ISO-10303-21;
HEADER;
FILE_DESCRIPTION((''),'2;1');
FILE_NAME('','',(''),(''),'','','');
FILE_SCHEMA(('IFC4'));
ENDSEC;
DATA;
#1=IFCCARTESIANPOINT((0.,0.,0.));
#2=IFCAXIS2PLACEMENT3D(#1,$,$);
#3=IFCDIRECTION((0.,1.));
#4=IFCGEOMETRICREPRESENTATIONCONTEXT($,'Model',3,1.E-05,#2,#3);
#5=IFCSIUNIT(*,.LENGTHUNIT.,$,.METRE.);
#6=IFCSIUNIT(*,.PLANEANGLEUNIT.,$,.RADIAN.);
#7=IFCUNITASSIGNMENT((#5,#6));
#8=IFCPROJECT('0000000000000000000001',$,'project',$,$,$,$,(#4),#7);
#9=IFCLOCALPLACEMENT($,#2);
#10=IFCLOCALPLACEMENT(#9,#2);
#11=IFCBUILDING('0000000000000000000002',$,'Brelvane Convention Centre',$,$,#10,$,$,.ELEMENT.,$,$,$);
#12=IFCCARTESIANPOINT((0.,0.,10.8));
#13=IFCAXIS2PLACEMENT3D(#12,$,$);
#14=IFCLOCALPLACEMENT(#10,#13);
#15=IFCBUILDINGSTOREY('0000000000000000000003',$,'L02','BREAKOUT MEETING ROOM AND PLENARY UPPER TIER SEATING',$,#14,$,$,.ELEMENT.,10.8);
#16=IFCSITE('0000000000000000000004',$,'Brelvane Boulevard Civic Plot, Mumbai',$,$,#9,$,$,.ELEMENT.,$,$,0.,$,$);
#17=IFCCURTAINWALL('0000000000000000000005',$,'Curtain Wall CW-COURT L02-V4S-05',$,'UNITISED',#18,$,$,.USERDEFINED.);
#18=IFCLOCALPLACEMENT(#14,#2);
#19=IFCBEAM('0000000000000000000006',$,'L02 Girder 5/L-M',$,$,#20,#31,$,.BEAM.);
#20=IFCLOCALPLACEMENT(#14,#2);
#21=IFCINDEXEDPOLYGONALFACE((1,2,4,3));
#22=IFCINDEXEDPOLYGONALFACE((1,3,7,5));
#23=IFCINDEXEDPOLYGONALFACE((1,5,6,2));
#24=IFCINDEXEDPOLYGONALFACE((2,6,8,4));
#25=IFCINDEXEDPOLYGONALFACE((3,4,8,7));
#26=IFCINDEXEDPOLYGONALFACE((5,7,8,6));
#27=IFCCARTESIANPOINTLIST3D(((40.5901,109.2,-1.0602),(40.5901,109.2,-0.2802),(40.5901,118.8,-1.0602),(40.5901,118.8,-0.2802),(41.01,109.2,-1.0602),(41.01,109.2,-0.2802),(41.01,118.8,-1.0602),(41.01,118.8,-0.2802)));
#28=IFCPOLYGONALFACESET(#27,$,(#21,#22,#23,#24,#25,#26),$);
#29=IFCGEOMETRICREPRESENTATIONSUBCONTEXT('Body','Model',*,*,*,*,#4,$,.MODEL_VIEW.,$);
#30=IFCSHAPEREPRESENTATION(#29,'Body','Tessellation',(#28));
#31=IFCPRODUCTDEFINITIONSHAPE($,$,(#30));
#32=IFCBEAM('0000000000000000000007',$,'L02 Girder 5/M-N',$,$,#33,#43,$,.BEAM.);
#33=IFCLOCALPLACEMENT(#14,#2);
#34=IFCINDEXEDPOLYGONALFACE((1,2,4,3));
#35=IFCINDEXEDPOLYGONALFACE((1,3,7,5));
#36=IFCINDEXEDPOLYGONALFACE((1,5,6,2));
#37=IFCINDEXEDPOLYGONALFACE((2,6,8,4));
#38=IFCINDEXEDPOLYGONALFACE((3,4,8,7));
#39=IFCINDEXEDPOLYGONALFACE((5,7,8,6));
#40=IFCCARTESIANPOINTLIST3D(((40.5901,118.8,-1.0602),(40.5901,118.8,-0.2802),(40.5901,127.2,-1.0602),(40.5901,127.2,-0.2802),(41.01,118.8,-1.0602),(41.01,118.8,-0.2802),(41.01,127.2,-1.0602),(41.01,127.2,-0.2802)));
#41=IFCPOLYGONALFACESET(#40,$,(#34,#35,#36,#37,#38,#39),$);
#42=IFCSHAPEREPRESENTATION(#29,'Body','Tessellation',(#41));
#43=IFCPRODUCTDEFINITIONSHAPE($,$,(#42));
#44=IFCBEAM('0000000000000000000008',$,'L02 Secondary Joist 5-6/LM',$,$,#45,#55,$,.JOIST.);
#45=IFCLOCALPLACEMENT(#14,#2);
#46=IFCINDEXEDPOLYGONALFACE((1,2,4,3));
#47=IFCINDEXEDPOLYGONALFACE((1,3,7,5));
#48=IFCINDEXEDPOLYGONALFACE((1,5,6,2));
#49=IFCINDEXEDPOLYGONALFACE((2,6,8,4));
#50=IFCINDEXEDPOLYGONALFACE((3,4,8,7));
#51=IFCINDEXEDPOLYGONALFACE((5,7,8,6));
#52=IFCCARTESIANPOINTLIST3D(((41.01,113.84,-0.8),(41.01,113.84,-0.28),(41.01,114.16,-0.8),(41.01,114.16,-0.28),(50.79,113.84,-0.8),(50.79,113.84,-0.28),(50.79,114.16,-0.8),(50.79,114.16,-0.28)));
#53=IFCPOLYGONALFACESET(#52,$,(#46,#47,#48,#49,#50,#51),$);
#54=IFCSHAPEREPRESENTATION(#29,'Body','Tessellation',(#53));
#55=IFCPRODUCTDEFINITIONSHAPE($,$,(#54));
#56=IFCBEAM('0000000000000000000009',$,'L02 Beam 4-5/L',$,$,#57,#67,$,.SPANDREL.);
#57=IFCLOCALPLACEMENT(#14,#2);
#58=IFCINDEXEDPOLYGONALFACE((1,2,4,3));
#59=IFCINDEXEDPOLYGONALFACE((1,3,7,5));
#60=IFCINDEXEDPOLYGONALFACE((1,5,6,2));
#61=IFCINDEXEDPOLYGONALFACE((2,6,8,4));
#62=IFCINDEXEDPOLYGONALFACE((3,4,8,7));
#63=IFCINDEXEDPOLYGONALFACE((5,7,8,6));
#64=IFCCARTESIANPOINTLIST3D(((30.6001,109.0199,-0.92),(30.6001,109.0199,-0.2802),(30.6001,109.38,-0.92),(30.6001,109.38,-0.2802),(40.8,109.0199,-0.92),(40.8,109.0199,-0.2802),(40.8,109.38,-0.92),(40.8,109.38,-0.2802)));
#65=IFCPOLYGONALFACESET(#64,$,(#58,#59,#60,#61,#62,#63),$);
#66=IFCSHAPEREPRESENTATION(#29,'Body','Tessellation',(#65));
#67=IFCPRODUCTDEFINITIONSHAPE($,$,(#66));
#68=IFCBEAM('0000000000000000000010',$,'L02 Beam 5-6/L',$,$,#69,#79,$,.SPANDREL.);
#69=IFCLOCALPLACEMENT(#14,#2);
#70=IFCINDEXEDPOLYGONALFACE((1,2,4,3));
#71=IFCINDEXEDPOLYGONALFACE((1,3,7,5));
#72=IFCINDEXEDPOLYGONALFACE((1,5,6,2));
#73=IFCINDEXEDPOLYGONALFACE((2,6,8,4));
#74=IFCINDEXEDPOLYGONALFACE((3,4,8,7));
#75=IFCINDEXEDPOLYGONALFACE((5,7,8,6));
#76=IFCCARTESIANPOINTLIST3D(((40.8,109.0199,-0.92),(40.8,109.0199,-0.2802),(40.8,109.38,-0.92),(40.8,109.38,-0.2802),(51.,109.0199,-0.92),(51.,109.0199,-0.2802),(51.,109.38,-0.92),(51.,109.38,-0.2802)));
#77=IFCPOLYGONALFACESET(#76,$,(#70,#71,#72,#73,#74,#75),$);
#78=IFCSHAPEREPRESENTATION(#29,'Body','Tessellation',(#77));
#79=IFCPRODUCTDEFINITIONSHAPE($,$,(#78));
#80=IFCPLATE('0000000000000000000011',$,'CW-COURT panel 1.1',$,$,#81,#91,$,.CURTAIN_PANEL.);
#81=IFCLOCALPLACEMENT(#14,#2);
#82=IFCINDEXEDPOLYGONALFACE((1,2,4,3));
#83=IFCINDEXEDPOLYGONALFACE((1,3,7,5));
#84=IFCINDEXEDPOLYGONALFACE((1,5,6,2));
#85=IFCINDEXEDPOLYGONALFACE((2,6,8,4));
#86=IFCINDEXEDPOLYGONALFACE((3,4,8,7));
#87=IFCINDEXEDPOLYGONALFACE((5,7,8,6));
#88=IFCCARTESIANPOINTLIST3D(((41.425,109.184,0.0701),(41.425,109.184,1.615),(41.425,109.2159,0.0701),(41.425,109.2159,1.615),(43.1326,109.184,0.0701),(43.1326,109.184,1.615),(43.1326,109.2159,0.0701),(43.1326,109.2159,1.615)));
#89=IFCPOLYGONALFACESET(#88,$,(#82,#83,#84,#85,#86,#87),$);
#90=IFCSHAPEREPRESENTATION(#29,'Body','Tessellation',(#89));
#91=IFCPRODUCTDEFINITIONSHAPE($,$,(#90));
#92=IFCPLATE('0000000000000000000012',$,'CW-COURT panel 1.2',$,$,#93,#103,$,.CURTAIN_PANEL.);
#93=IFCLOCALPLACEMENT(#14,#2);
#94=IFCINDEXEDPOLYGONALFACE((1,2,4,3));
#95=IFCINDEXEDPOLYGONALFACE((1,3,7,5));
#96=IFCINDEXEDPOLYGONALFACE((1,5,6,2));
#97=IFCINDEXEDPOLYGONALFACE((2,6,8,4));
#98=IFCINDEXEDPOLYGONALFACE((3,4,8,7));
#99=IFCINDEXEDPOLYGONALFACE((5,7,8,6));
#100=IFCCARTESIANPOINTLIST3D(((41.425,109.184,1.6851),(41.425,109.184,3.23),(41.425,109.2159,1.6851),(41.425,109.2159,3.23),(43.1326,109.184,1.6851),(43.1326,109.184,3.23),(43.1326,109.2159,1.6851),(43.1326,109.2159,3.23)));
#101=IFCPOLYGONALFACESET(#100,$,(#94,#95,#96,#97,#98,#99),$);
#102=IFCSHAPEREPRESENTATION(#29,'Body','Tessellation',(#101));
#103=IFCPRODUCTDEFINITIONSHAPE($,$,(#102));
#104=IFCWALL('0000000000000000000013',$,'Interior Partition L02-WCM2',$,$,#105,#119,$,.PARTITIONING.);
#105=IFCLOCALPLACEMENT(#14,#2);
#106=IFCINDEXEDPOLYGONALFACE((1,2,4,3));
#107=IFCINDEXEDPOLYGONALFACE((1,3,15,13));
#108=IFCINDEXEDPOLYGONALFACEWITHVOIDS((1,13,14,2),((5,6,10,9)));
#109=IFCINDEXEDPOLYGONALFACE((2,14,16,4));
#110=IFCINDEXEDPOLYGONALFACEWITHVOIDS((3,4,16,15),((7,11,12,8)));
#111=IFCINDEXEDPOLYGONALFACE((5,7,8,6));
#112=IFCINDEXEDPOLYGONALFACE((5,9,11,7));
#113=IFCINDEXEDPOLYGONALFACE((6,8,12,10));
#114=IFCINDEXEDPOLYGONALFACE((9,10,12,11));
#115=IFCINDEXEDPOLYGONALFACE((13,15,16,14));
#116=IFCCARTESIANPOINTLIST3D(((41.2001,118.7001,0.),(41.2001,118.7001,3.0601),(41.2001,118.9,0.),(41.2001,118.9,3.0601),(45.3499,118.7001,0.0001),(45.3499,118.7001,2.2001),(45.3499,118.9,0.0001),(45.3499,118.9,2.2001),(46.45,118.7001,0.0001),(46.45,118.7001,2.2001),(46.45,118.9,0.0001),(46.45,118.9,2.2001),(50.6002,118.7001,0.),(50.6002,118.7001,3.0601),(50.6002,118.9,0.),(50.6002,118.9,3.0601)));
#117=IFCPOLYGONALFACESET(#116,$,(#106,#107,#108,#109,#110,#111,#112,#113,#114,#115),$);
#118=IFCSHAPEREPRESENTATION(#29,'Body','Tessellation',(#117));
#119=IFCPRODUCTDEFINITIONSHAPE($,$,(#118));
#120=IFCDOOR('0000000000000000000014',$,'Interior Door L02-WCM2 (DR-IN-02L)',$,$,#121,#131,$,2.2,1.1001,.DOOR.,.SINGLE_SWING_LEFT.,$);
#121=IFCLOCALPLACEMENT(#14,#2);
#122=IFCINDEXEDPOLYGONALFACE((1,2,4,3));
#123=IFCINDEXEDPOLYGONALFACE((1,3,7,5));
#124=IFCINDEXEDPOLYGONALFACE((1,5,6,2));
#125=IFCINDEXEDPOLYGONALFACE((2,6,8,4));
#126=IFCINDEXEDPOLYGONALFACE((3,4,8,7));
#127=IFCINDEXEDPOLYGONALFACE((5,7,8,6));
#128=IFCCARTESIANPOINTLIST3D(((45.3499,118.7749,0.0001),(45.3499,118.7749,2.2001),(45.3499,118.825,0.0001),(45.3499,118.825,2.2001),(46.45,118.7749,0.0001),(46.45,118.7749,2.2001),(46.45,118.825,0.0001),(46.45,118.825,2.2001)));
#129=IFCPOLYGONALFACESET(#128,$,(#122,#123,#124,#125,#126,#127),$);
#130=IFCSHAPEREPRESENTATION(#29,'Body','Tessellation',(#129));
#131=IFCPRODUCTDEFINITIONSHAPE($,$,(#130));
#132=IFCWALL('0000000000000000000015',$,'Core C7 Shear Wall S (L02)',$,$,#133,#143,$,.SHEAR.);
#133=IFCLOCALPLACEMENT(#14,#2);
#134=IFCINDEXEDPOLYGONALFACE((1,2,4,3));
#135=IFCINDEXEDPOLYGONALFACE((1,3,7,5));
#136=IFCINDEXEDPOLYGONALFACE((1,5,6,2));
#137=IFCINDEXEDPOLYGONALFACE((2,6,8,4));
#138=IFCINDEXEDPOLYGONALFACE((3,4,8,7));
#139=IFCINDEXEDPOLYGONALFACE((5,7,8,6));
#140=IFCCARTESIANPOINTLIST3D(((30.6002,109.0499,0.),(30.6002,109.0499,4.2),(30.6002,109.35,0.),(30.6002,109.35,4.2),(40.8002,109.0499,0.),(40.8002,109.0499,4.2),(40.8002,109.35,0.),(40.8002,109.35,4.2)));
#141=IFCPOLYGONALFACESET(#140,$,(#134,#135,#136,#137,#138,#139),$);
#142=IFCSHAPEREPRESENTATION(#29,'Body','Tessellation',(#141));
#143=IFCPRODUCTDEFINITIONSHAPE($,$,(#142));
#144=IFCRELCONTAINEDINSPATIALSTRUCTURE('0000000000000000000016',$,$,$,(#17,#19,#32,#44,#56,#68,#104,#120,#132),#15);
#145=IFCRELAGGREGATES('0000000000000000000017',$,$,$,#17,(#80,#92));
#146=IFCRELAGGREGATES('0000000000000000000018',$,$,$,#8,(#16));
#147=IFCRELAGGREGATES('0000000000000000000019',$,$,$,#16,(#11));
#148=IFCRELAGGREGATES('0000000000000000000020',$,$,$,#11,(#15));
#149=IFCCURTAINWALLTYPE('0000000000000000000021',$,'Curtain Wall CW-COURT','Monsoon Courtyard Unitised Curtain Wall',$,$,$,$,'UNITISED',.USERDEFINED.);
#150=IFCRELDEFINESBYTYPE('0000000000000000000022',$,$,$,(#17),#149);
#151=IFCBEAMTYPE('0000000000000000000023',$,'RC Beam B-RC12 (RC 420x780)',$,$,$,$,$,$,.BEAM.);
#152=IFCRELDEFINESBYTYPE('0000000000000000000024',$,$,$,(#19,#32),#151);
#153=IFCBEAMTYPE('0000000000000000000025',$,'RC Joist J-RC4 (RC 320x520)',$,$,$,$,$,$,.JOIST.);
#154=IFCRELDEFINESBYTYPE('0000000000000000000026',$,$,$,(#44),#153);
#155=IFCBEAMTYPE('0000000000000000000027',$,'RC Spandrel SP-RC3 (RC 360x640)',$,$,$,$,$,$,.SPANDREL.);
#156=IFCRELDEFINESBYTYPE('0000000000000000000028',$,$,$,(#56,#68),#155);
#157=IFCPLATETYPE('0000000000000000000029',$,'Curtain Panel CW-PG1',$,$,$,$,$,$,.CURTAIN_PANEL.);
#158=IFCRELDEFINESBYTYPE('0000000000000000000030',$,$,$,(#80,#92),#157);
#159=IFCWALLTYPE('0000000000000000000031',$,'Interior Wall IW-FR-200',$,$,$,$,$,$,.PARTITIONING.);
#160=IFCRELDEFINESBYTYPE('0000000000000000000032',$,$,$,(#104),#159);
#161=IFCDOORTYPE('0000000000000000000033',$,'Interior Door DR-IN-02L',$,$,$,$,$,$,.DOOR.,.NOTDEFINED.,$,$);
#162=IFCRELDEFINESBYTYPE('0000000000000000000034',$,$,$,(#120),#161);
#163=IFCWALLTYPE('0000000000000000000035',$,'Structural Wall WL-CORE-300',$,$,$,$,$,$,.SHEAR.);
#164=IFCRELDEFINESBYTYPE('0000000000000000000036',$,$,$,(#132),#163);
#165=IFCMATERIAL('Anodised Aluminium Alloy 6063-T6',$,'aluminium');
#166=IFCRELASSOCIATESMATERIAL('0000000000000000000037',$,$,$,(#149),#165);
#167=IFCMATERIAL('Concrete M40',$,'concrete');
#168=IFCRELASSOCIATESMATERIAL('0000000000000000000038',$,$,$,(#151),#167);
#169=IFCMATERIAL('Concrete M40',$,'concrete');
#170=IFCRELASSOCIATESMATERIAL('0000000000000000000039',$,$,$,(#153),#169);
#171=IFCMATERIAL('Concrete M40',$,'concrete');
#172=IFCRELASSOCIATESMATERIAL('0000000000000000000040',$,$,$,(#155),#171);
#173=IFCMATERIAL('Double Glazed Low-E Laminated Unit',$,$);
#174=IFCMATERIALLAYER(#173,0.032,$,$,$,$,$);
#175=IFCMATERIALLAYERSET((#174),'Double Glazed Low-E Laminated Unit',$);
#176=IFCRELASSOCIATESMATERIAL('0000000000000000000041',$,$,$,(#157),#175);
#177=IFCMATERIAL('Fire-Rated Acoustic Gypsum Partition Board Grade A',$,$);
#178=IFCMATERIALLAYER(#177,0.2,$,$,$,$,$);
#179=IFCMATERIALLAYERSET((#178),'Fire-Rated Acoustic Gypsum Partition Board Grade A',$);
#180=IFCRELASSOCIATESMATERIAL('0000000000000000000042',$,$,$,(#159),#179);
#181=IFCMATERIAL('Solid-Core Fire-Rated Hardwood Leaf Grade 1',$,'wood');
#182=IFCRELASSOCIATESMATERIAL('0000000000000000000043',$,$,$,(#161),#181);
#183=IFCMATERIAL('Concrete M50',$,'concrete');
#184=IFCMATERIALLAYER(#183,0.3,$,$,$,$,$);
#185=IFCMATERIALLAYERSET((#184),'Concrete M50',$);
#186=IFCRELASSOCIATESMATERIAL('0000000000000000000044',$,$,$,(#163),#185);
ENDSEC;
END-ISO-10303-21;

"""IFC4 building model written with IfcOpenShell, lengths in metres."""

from ifc_helpers import new_model, si_unit, direction, frame, frame_2d, origin, origin_2d, place, context, subcontext, project, spatial, rectangle, extrude, material, layer, layer_set, material_profile, profile_set, type_object, element, fill, aggregate, save


model = new_model("IFC4")

# Units and contexts
model_context = context("Model", 3, precision=1e-05, world=origin(), true_north=direction((0.0, 1.0)))
body_context = subcontext(model_context, "Body", "Model", "MODEL_VIEW")
ifc_project = project(units=[si_unit("LENGTHUNIT", "METRE"), si_unit("PLANEANGLEUNIT", "RADIAN")], contexts=[model_context])

# Site, building, storey
site_placement = place(None, origin())
site = spatial("IfcSite", under=ifc_project, at=site_placement, Name="Brelvane Boulevard Civic Plot, Mumbai", CompositionType="ELEMENT", RefElevation=0.0)
building_placement = place(site_placement, origin())
building = spatial("IfcBuilding", under=site, at=building_placement, Name="Brelvane Convention Centre", CompositionType="ELEMENT")
storey_placement = place(building_placement, frame((0.0, 0.0, 10.8)))
storey = spatial("IfcBuildingStorey", under=building, at=storey_placement, Name="L02", Description="BREAKOUT MEETING ROOM AND PLENARY UPPER TIER SEATING", CompositionType="ELEMENT", Elevation=10.8)

# Curtain wall
ifc_material_1 = material(Name="Anodised Aluminium Alloy 6063-T6", Category="aluminium")
curtain_wall_type = type_object("IfcCurtainWallType", Name="Curtain Wall CW-COURT", Description="Monsoon Courtyard Unitised Curtain Wall", ElementType="UNITISED", PredefinedType="USERDEFINED", material=ifc_material_1)
curtain_wall_placement = place(storey_placement, origin())
curtain_wall = element("IfcCurtainWall", 1, at=curtain_wall_placement, inside=storey, type_object=curtain_wall_type, Name="Curtain Wall CW-COURT L02-V4S-05", ObjectType="UNITISED", PredefinedType="USERDEFINED")

# Beams
ifc_material_2 = material(Name="Concrete M40", Category="concrete")
ifc_material_profile_1 = material_profile(ifc_material_2, rectangle(XDim=0.4199, YDim=0.78, at=origin_2d()), Name="RC 420x780")
ifc_profile_set_1 = profile_set([ifc_material_profile_1], Name="Concrete M40")
beam_type_1 = type_object("IfcBeamType", Name="RC Beam B-RC12 (RC 420x780)", PredefinedType="BEAM", material=ifc_profile_set_1)
beam_1_placement = place(storey_placement, frame((40.8, 109.2, -0.6702), z_axis=(0.0, 1.0, 0.0), x_axis=(-1.0, 0.0, 0.0)))
element("IfcBeam", 2, at=beam_1_placement, inside=storey, type_object=beam_type_1, Name="L02 Girder 5/L-M", PredefinedType="BEAM", context=body_context, shape_type="SweptSolid", body=[
    extrude(rectangle(XDim=0.4199, YDim=0.78, at=origin_2d()), origin(), (0.0, 0.0, 1.0), 9.6001),
])
beam_2_placement = place(storey_placement, frame((40.8, 118.8, -0.6702), z_axis=(0.0, 1.0, 0.0), x_axis=(-1.0, 0.0, 0.0)))
element("IfcBeam", 3, at=beam_2_placement, inside=storey, type_object=beam_type_1, Name="L02 Girder 5/M-N", PredefinedType="BEAM", context=body_context, shape_type="SweptSolid", body=[
    extrude(rectangle(XDim=0.4199, YDim=0.78, at=origin_2d()), origin(), (0.0, 0.0, 1.0), 8.3999),
])
ifc_material_3 = material(Name="Concrete M40", Category="concrete")
ifc_material_profile_2 = material_profile(ifc_material_3, rectangle(XDim=0.3201, YDim=0.52, at=origin_2d()), Name="RC 320x520")
ifc_profile_set_2 = profile_set([ifc_material_profile_2], Name="Concrete M40")
beam_type_2 = type_object("IfcBeamType", Name="RC Joist J-RC4 (RC 320x520)", PredefinedType="JOIST", material=ifc_profile_set_2)
beam_3_placement = place(storey_placement, frame((41.01, 114.0, -0.54), z_axis=(1.0, 0.0, 0.0), x_axis=(0.0, 1.0, 0.0)))
element("IfcBeam", 4, at=beam_3_placement, inside=storey, type_object=beam_type_2, Name="L02 Secondary Joist 5-6/LM", PredefinedType="JOIST", context=body_context, shape_type="SweptSolid", body=[
    extrude(rectangle(XDim=0.3201, YDim=0.52, at=origin_2d()), origin(), (0.0, 0.0, 1.0), 9.78),
])
ifc_material_4 = material(Name="Concrete M40", Category="concrete")
ifc_material_profile_3 = material_profile(ifc_material_4, rectangle(XDim=0.3601, YDim=0.6399, at=origin_2d()), Name="RC 360x640")
ifc_profile_set_3 = profile_set([ifc_material_profile_3], Name="Concrete M40")
beam_type_3 = type_object("IfcBeamType", Name="RC Spandrel SP-RC3 (RC 360x640)", PredefinedType="SPANDREL", material=ifc_profile_set_3)
for number, where, z_axis, x_axis, name in (
    (5, (30.6001, 109.2, -0.6001), (1.0, 0.0, 0.0), (0.0, 1.0, 0.0), "L02 Beam 4-5/L"),
    (6, (40.8, 109.2, -0.6001), (1.0, 0.0, 0.0), (0.0, 1.0, 0.0), "L02 Beam 5-6/L"),
):
    element("IfcBeam", number, at=place(storey_placement, frame(where, z_axis=z_axis, x_axis=x_axis)), inside=storey, type_object=beam_type_3, Name=name, PredefinedType="SPANDREL", context=body_context, shape_type="SweptSolid", body=[
        extrude(rectangle(XDim=0.3601, YDim=0.6399, at=origin_2d()), origin(), (0.0, 0.0, 1.0), 10.2),
    ])

# Plates
ifc_material_5 = material(Name="Double Glazed Low-E Laminated Unit")
ifc_layer_1 = layer(ifc_material_5, 0.032)
ifc_layer_set_1 = layer_set([ifc_layer_1], Name="Double Glazed Low-E Laminated Unit")
plate_type = type_object("IfcPlateType", Name="Curtain Panel CW-PG1", PredefinedType="CURTAIN_PANEL", material=ifc_layer_set_1)
plate_1_placement = place(storey_placement, frame((42.2788, 109.2, 0.0701), z_axis=(0.0, 0.0, 1.0), x_axis=(1.0, 0.0, 0.0)))
plate_1 = element("IfcPlate", 7, at=plate_1_placement, type_object=plate_type, Name="CW-COURT panel 1.1", PredefinedType="CURTAIN_PANEL", context=body_context, shape_type="SweptSolid", body=[
    extrude(rectangle(XDim=1.7075, YDim=0.032, at=origin_2d()), origin(), (0.0, 0.0, 1.0), 1.5449),
])
plate_2_placement = place(storey_placement, frame((42.2788, 109.2, 1.6851), z_axis=(0.0, 0.0, 1.0), x_axis=(1.0, 0.0, 0.0)))
plate_2 = element("IfcPlate", 8, at=plate_2_placement, type_object=plate_type, Name="CW-COURT panel 1.2", PredefinedType="CURTAIN_PANEL", context=body_context, shape_type="SweptSolid", body=[
    extrude(rectangle(XDim=1.7075, YDim=0.032, at=origin_2d()), origin(), (0.0, 0.0, 1.0), 1.5449),
])
aggregate(curtain_wall, [plate_1, plate_2])

# Wall, opening, door
ifc_material_6 = material(Name="Fire-Rated Acoustic Gypsum Partition Board Grade A")
ifc_layer_2 = layer(ifc_material_6, 0.2)
ifc_layer_set_2 = layer_set([ifc_layer_2], Name="Fire-Rated Acoustic Gypsum Partition Board Grade A")
wall_type_1 = type_object("IfcWallType", Name="Interior Wall IW-FR-200", PredefinedType="PARTITIONING", material=ifc_layer_set_2)
wall_1_placement = place(storey_placement, frame((41.2, 118.8, 0.0), z_axis=(0.0, 0.0, 1.0), x_axis=(1.0, 0.0, 0.0)))
wall_1 = element("IfcWall", 9, at=wall_1_placement, inside=storey, type_object=wall_type_1, Name="Interior Partition L02-WCM2", PredefinedType="PARTITIONING", context=body_context, shape_type="SweptSolid", body=[
    extrude(rectangle(XDim=9.4001, YDim=0.2, at=frame_2d((4.7002, 0.0))), origin(), (0.0, 0.0, 1.0), 3.0601),
])
opening_1_placement = place(wall_1_placement, frame((4.1499, 0.0, 0.0)))
opening_1 = element("IfcOpeningElement", 10, at=opening_1_placement, cuts=wall_1, PredefinedType="OPENING", context=body_context, shape_type="SweptSolid", body=[
    extrude(rectangle(XDim=1.1001, YDim=2.2, at=frame_2d((0.55, 1.1001))), frame((0.0, 0.1099, 0.0), z_axis=(0.0, -1.0, 0.0), x_axis=(1.0, 0.0, 0.0)), (0.0, 0.0, 1.0), 0.22),
])
ifc_material_7 = material(Name="Solid-Core Fire-Rated Hardwood Leaf Grade 1", Category="wood")
door_type_1 = type_object("IfcDoorType", Name="Interior Door DR-IN-02L", OperationType="NOTDEFINED", PredefinedType="DOOR", material=ifc_material_7)
door_1_placement = place(opening_1_placement, origin())
door_1 = element("IfcDoor", 11, at=door_1_placement, inside=storey, type_object=door_type_1, Name="Interior Door L02-WCM2 (DR-IN-02L)", OperationType="SINGLE_SWING_LEFT", OverallHeight=2.2, OverallWidth=1.1001, PredefinedType="DOOR", context=body_context, shape_type="SweptSolid", body=[
    extrude(rectangle(XDim=1.1001, YDim=2.2, at=frame_2d((0.55, 1.1001))), frame((0.0, 0.0249, 0.0), z_axis=(0.0, -1.0, 0.0), x_axis=(1.0, 0.0, 0.0)), (0.0, 0.0, 1.0), 0.05),
])
fill(opening_1, door_1)

# Wall
ifc_material_8 = material(Name="Concrete M50", Category="concrete")
ifc_layer_3 = layer(ifc_material_8, 0.3)
ifc_layer_set_3 = layer_set([ifc_layer_3], Name="Concrete M50")
wall_type_2 = type_object("IfcWallType", Name="Structural Wall WL-CORE-300", PredefinedType="SHEAR", material=ifc_layer_set_3)
wall_2_placement = place(storey_placement, frame((30.6001, 109.2, 0.0), z_axis=(0.0, 0.0, 1.0), x_axis=(1.0, 0.0, 0.0)))
element("IfcWall", 12, at=wall_2_placement, inside=storey, type_object=wall_type_2, Name="Core C7 Shear Wall S (L02)", PredefinedType="SHEAR", context=body_context, shape_type="SweptSolid", body=[
    extrude(rectangle(XDim=10.2, YDim=0.3, at=frame_2d((5.1001, 0.0))), origin(), (0.0, 0.0, 1.0), 4.2),
])

save(model, "model.ifc")
